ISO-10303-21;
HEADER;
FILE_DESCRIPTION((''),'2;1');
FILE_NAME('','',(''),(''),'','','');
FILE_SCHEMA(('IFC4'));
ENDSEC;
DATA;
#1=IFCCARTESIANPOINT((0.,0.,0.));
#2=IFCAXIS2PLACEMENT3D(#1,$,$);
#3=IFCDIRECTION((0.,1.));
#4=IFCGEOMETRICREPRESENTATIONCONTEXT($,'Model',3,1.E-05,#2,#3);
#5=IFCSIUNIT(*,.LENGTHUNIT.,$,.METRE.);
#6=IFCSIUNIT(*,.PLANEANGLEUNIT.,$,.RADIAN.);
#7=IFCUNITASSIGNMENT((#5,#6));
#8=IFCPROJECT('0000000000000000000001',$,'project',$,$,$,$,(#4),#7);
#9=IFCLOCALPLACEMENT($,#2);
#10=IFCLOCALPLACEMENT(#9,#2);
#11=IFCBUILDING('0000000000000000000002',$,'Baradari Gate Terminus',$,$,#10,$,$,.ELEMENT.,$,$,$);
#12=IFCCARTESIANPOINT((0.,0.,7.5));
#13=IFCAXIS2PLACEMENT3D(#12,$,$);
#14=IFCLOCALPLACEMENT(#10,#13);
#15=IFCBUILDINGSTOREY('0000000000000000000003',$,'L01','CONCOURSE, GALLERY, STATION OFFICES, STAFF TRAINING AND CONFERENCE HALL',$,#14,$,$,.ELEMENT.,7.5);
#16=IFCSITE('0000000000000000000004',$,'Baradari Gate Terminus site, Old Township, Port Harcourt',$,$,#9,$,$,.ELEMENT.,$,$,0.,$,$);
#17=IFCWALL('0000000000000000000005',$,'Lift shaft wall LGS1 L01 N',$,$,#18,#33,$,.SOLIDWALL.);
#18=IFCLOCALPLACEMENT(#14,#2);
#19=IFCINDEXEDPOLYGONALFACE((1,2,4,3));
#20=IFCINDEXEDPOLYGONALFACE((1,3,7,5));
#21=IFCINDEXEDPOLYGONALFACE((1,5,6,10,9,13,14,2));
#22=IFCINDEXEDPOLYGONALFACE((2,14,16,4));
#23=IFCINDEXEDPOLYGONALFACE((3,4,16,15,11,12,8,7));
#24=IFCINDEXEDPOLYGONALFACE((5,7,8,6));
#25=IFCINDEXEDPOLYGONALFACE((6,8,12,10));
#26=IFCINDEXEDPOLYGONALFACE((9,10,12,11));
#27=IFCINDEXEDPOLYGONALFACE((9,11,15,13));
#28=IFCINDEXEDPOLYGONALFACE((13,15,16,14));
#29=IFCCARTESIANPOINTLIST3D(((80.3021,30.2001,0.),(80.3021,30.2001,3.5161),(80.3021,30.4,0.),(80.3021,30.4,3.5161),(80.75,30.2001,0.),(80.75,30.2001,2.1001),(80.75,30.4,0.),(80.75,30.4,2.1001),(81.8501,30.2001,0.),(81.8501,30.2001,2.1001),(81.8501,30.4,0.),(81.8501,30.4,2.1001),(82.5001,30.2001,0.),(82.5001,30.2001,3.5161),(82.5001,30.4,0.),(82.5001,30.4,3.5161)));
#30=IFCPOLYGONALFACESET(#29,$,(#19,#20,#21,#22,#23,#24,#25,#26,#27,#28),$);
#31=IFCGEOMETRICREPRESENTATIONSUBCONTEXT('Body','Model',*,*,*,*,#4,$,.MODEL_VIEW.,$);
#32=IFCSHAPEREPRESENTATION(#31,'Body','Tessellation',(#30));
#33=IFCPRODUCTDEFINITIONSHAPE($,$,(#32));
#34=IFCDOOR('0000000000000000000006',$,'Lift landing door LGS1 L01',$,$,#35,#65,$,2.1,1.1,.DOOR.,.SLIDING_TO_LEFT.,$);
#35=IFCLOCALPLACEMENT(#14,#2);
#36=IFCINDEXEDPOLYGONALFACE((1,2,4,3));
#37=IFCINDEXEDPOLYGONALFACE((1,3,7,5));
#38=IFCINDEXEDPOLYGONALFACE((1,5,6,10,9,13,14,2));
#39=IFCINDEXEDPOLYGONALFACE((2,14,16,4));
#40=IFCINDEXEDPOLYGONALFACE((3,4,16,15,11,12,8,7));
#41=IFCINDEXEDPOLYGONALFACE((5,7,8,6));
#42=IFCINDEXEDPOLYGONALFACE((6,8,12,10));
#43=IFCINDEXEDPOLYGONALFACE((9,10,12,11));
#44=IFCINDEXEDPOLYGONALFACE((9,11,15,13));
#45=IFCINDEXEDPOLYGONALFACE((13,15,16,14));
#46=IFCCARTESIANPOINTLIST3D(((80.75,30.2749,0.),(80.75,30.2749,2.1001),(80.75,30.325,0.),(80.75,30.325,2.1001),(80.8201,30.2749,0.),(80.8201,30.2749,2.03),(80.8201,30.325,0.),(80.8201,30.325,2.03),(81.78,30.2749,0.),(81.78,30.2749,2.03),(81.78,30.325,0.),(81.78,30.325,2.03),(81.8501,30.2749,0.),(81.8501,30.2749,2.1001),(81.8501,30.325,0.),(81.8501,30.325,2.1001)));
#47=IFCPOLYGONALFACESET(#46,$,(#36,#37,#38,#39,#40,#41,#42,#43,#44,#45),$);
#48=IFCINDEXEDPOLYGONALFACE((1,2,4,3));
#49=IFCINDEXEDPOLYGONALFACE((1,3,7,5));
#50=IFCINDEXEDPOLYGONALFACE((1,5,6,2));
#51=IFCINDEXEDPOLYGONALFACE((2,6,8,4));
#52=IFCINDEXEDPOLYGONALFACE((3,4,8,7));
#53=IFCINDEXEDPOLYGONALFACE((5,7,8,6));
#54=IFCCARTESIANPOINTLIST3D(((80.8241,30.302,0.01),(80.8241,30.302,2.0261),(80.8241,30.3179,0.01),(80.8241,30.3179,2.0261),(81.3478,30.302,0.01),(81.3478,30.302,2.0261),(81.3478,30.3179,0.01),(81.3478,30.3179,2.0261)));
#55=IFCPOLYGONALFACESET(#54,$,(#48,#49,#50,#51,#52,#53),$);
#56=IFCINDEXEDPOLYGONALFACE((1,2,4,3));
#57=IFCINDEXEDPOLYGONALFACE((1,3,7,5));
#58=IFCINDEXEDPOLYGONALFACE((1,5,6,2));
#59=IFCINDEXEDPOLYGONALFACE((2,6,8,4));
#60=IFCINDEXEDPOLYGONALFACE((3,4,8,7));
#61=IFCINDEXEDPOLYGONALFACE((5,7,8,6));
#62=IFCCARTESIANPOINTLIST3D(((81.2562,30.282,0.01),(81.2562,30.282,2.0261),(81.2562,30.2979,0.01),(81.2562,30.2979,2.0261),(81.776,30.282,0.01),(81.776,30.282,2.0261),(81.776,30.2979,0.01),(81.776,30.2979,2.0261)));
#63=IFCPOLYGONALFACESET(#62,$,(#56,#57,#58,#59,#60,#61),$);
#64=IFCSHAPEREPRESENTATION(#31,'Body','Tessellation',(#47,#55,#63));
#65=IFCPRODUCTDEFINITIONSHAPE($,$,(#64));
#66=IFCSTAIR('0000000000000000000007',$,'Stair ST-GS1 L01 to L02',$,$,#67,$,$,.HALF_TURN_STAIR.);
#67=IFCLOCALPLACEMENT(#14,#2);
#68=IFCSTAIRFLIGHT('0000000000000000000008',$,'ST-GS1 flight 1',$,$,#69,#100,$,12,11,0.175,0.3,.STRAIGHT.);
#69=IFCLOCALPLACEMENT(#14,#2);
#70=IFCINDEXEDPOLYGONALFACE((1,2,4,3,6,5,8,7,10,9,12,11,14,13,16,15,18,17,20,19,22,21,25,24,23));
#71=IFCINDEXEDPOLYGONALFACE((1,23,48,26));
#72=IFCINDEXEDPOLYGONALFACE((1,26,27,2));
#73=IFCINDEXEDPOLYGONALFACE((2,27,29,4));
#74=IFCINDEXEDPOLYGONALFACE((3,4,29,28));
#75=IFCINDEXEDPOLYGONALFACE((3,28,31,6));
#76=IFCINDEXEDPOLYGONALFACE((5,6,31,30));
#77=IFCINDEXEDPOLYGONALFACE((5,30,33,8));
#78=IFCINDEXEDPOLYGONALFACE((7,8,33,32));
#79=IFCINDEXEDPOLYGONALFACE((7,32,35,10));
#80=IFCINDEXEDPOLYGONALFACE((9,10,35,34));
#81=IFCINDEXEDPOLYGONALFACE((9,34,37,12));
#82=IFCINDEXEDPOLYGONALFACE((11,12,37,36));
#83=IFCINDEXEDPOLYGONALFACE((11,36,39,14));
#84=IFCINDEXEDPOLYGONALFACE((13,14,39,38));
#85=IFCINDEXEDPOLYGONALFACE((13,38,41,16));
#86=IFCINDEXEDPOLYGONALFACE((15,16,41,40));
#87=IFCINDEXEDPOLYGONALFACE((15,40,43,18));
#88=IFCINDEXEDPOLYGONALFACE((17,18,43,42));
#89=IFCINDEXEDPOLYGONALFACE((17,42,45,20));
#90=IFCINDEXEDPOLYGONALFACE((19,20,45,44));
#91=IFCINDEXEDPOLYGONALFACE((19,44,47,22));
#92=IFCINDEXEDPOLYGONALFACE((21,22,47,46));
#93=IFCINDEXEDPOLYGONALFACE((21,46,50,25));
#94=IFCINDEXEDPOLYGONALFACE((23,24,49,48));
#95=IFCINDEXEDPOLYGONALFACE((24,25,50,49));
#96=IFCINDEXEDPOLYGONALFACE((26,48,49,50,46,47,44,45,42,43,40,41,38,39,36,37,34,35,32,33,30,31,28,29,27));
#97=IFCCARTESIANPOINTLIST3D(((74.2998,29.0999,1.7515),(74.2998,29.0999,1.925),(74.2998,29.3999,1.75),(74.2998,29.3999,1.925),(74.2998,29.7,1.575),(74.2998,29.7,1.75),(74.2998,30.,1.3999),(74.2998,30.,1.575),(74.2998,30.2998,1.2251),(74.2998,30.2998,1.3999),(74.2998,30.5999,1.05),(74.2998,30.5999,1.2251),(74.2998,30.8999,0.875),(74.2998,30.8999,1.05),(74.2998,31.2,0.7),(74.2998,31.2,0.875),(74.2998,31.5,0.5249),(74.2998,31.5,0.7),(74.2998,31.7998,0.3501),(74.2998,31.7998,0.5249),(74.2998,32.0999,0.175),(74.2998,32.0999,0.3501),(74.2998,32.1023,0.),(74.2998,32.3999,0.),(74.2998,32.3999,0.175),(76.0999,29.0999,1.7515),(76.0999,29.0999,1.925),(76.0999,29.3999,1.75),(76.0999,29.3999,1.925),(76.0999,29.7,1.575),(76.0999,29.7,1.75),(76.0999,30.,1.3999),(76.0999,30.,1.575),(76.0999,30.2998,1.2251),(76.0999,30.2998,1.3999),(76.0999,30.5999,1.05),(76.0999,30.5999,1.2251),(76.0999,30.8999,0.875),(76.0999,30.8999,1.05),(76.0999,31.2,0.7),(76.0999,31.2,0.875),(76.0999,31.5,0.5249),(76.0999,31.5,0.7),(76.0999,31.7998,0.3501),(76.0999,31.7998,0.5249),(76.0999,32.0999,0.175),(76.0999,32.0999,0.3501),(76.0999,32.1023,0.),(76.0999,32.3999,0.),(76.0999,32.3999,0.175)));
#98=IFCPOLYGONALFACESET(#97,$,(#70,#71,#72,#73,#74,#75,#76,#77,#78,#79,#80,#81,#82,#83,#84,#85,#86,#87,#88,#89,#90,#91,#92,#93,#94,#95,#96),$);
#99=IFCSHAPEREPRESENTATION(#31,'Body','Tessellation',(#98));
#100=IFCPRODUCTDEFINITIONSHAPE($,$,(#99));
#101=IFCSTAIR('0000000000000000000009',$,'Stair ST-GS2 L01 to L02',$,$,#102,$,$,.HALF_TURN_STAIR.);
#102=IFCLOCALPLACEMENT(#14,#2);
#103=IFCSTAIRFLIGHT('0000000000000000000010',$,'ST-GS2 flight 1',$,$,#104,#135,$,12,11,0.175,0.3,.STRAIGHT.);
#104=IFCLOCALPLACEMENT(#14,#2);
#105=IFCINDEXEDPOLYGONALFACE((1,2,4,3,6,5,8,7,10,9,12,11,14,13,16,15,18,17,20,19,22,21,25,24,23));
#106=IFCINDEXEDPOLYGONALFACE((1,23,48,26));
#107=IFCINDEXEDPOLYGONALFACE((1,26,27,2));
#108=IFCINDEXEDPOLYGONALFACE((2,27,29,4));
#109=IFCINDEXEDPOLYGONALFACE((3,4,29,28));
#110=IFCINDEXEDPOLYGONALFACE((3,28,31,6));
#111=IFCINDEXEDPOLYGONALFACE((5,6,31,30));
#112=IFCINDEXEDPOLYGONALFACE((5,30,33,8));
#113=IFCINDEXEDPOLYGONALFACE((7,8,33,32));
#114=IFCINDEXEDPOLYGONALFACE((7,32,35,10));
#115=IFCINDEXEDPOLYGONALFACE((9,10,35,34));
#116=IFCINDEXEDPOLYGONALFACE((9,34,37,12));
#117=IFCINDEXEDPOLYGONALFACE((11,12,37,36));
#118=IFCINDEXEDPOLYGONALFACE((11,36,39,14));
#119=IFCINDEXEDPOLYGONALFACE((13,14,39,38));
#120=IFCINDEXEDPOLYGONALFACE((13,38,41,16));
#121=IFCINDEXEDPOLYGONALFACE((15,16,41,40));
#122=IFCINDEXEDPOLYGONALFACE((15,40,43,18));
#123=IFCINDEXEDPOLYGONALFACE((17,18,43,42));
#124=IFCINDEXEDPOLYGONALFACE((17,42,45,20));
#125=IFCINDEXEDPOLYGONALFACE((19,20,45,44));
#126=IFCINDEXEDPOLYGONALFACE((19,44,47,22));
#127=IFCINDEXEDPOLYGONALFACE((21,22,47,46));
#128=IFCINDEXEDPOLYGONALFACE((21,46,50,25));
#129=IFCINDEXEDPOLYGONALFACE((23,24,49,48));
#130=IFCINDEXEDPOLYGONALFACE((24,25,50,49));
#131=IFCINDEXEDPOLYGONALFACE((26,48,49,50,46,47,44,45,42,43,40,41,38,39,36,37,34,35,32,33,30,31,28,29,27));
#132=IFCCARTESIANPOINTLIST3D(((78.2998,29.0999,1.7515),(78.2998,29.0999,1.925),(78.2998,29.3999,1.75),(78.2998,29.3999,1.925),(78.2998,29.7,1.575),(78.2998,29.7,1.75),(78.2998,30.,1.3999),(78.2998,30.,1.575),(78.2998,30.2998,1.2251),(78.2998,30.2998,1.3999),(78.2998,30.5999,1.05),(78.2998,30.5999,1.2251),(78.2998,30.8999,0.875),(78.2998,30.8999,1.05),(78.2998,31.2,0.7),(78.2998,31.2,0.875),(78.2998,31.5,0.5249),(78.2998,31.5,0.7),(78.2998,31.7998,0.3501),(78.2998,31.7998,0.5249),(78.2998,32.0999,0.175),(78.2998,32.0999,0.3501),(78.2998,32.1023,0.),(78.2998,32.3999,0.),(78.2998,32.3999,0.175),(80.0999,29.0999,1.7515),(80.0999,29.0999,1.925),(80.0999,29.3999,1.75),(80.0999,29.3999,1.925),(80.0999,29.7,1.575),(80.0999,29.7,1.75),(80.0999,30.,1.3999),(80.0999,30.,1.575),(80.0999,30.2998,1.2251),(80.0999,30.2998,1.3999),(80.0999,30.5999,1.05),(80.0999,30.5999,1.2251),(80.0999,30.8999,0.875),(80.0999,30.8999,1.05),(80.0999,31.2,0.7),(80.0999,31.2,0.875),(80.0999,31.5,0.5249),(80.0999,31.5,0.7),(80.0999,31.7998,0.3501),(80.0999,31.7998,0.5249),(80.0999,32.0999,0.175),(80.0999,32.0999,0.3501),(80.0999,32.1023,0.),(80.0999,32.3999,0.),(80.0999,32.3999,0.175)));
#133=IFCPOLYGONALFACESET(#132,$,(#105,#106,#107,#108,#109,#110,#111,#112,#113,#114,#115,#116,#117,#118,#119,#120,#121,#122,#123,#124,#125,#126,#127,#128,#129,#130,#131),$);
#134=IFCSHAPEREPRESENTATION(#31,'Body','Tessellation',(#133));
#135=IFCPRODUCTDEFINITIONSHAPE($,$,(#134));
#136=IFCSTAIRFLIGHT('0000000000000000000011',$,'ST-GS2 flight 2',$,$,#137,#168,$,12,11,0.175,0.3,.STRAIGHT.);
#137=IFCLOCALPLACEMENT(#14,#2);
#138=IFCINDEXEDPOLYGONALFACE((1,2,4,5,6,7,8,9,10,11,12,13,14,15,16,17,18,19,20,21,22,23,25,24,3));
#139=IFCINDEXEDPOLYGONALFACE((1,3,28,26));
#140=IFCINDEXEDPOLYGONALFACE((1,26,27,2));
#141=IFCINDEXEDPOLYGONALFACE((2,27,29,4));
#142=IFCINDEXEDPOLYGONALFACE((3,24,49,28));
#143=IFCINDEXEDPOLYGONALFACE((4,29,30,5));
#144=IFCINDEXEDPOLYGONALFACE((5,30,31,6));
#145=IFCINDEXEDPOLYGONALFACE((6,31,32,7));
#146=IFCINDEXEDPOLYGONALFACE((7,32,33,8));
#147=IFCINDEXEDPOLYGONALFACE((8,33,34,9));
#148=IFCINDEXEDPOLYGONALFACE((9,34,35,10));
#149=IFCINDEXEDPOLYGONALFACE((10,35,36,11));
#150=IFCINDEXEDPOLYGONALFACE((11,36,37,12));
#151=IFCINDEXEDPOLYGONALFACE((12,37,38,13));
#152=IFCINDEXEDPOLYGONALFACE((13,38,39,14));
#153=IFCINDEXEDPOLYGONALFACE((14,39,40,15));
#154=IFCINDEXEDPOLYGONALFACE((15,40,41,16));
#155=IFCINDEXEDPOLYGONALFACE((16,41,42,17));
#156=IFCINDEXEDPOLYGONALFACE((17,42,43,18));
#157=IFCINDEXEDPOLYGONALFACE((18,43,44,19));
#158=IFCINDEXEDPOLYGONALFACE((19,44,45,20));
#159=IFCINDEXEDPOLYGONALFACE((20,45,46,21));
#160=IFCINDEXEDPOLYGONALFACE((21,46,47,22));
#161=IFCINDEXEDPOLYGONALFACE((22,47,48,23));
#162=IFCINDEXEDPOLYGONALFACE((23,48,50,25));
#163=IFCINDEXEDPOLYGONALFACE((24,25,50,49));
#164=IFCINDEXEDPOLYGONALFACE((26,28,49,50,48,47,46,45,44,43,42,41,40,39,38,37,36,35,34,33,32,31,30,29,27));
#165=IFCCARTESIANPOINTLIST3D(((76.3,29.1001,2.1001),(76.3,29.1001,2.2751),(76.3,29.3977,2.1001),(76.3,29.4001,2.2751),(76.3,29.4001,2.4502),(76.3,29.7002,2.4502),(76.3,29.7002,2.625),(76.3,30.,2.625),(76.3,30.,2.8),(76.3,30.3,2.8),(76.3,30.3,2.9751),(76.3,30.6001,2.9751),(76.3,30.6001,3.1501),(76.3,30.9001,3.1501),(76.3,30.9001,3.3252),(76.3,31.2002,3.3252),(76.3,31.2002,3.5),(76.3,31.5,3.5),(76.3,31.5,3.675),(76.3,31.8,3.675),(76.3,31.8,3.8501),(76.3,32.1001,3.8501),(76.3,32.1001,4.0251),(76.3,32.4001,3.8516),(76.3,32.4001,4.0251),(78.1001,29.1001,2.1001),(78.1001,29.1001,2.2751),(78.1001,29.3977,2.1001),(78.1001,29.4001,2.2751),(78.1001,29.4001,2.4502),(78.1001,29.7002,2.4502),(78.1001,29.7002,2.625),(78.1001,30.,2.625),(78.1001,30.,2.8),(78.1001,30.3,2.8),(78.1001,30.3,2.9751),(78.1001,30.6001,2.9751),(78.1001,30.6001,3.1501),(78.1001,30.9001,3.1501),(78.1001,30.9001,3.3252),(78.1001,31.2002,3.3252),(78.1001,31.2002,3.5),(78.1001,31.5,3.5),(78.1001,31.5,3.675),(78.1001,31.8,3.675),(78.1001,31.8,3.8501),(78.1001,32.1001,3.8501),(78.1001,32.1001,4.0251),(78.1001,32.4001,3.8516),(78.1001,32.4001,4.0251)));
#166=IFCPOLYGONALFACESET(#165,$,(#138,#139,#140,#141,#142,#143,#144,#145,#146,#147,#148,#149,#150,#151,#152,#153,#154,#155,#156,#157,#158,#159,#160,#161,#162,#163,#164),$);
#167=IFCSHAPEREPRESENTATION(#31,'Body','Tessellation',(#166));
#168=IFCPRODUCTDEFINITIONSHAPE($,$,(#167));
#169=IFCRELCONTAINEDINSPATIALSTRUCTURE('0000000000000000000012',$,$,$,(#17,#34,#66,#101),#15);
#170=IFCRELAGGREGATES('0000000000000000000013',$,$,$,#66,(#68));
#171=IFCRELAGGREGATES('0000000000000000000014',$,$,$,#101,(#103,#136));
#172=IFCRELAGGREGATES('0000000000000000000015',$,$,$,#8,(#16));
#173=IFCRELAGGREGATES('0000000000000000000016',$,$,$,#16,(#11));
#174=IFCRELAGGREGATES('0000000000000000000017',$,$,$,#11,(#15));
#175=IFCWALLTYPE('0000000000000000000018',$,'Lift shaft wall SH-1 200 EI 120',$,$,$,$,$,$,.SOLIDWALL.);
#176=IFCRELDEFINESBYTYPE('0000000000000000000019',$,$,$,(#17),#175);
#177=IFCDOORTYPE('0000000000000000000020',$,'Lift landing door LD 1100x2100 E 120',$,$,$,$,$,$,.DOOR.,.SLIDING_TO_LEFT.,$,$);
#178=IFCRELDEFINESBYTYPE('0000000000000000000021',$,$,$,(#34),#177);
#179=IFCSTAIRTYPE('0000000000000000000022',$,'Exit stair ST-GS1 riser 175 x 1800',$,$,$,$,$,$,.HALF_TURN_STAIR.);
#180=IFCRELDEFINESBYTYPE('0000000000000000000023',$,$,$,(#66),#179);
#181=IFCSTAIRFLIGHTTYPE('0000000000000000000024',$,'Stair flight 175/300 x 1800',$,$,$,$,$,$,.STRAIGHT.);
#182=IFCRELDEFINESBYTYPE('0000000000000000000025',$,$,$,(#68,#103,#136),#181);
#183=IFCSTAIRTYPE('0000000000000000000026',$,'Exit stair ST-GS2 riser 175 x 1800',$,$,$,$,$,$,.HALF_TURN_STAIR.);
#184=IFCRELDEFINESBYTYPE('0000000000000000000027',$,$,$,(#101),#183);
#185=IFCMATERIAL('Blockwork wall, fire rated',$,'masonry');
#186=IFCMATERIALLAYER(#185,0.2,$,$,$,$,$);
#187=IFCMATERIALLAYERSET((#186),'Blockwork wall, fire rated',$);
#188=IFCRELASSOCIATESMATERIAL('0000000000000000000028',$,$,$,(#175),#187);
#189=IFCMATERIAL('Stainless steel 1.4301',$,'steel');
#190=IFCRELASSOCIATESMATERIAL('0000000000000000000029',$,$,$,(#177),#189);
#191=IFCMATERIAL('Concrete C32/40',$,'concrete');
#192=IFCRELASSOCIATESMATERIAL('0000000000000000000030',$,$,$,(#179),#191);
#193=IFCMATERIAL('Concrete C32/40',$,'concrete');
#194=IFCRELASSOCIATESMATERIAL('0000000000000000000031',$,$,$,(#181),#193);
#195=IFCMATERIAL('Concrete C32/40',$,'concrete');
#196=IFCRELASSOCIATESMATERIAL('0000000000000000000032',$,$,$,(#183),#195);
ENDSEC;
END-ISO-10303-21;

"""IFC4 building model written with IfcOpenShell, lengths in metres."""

from ifc_helpers import new_model, si_unit, direction, frame, frame_2d, origin, place, context, subcontext, project, spatial, polyline, rectangle, outline, extrude, material, layer, layer_set, type_object, element, fill, aggregate, save


model = new_model("IFC4")

# Units and contexts
model_context = context("Model", 3, precision=1e-05, world=origin(), true_north=direction((0.0, 1.0)))
body_context = subcontext(model_context, "Body", "Model", "MODEL_VIEW")
ifc_project = project(units=[si_unit("LENGTHUNIT", "METRE"), si_unit("PLANEANGLEUNIT", "RADIAN")], contexts=[model_context])

# Site, building, storey
site_placement = place(None, origin())
site = spatial("IfcSite", under=ifc_project, at=site_placement, Name="Baradari Gate Terminus site, Old Township, Port Harcourt", CompositionType="ELEMENT", RefElevation=0.0)
building_placement = place(site_placement, origin())
building = spatial("IfcBuilding", under=site, at=building_placement, Name="Baradari Gate Terminus", CompositionType="ELEMENT")
storey_placement = place(building_placement, frame((0.0, 0.0, 7.5)))
storey = spatial("IfcBuildingStorey", under=building, at=storey_placement, Name="L01", Description="CONCOURSE, GALLERY, STATION OFFICES, STAFF TRAINING AND CONFERENCE HALL", CompositionType="ELEMENT", Elevation=7.5)

# Wall, opening, door
ifc_material_1 = material(Name="Blockwork wall, fire rated", Category="masonry")
ifc_layer = layer(ifc_material_1, 0.2)
ifc_layer_set = layer_set([ifc_layer], Name="Blockwork wall, fire rated")
wall_type = type_object("IfcWallType", Name="Lift shaft wall SH-1 200 EI 120", PredefinedType="SOLIDWALL", material=ifc_layer_set)
wall_placement = place(storey_placement, frame((80.302, 30.3, 0.0), z_axis=(0.0, 0.0, 1.0), x_axis=(1.0, 0.0, 0.0)))
wall = element("IfcWall", 1, at=wall_placement, inside=storey, type_object=wall_type, Name="Lift shaft wall LGS1 L01 N", PredefinedType="SOLIDWALL", context=body_context, shape_type="SweptSolid", body=[
    extrude(rectangle(XDim=2.198, YDim=0.2, at=frame_2d((1.0991, 0.0))), origin(), (0.0, 0.0, 1.0), 3.5161),
])
opening_placement = place(wall_placement, frame((0.448, 0.0, 0.0)))
opening = element("IfcOpeningElement", 2, at=opening_placement, cuts=wall, PredefinedType="OPENING", context=body_context, shape_type="SweptSolid", body=[
    extrude(rectangle(XDim=1.1001, YDim=2.1001, at=frame_2d((0.55, 1.05))), frame((0.0, 0.1099, 0.0), z_axis=(0.0, -1.0, 0.0), x_axis=(1.0, 0.0, 0.0)), (0.0, 0.0, 1.0), 0.22),
])
ifc_material_2 = material(Name="Stainless steel 1.4301", Category="steel")
door_type = type_object("IfcDoorType", Name="Lift landing door LD 1100x2100 E 120", OperationType="SLIDING_TO_LEFT", PredefinedType="DOOR", material=ifc_material_2)
door_placement = place(opening_placement, origin())
door = element("IfcDoor", 3, at=door_placement, inside=storey, type_object=door_type, Name="Lift landing door LGS1 L01", OperationType="SLIDING_TO_LEFT", OverallHeight=2.1, OverallWidth=1.1, PredefinedType="DOOR", context=body_context, shape_type="SweptSolid", body=[
    extrude(outline(polyline([(0.0, 0.0), (0.0701, 0.0), (0.0701, 2.03), (1.03, 2.03), (1.03, 0.0), (1.1001, 0.0), (1.1001, 2.1001), (0.0, 2.1001), (0.0, 0.0)])), frame((0.0, 0.0249, 0.0), z_axis=(0.0, -1.0, 0.0), x_axis=(1.0, 0.0, 0.0)), (0.0, 0.0, 1.0), 0.05),
    extrude(rectangle(XDim=0.5237, YDim=2.0161, at=frame_2d((0.3359, 1.0181))), frame((0.0, 0.0178, 0.0), z_axis=(0.0, -1.0, 0.0), x_axis=(1.0, 0.0, 0.0)), (0.0, 0.0, 1.0), 0.0159),
    extrude(rectangle(XDim=0.5198, YDim=2.0161, at=frame_2d((0.7661, 1.0181))), frame((0.0, -0.0022, 0.0), z_axis=(0.0, -1.0, 0.0), x_axis=(1.0, 0.0, 0.0)), (0.0, 0.0, 1.0), 0.0159),
])
fill(opening, door)

# Stair, stair flight
ifc_material_3 = material(Name="Concrete C32/40", Category="concrete")
stair_type_1 = type_object("IfcStairType", Name="Exit stair ST-GS1 riser 175 x 1800", PredefinedType="HALF_TURN_STAIR", material=ifc_material_3)
stair_1_placement = place(storey_placement, origin())
stair_1 = element("IfcStair", 4, at=stair_1_placement, inside=storey, type_object=stair_type_1, Name="Stair ST-GS1 L01 to L02", PredefinedType="HALF_TURN_STAIR")
ifc_material_4 = material(Name="Concrete C32/40", Category="concrete")
stair_flight_type = type_object("IfcStairFlightType", Name="Stair flight 175/300 x 1800", PredefinedType="STRAIGHT", material=ifc_material_4)
stair_flight_1_placement = place(storey_placement, frame((75.2, 32.3999, 0.0), z_axis=(0.0, 0.0, 1.0), x_axis=(0.0, -1.0, 0.0)))
stair_flight_1 = element("IfcStairFlight", 5, at=stair_flight_1_placement, type_object=stair_flight_type, Name="ST-GS1 flight 1", NumberOfRisers=12, NumberOfTreads=11, PredefinedType="STRAIGHT", RiserHeight=0.175, TreadLength=0.3, context=body_context, shape_type="SweptSolid", body=[
    extrude(outline(polyline([(0.0, 0.0), (0.0, 0.175), (0.3, 0.175), (0.3, 0.3501), (0.6001, 0.3501), (0.6001, 0.5249), (0.8999, 0.5249), (0.8999, 0.7), (1.2, 0.7), (1.2, 0.875), (1.5, 0.875), (1.5, 1.05), (1.8, 1.05), (1.8, 1.2251), (2.1001, 1.2251), (2.1001, 1.3999), (2.3999, 1.3999), (2.3999, 1.575), (2.7, 1.575), (2.7, 1.75), (3.0, 1.75), (3.0, 1.925), (3.3, 1.925), (3.3, 2.1001), (3.3, 1.7515), (0.2976, 0.0), (0.0, 0.0)])), frame((0.0, 0.8999, 0.0), z_axis=(0.0, -1.0, 0.0), x_axis=(1.0, 0.0, 0.0)), (0.0, 0.0, 1.0), 1.8),
])
aggregate(stair_1, [stair_flight_1])

# Stair, stair flights
ifc_material_5 = material(Name="Concrete C32/40", Category="concrete")
stair_type_2 = type_object("IfcStairType", Name="Exit stair ST-GS2 riser 175 x 1800", PredefinedType="HALF_TURN_STAIR", material=ifc_material_5)
stair_2_placement = place(storey_placement, origin())
stair_2 = element("IfcStair", 6, at=stair_2_placement, inside=storey, type_object=stair_type_2, Name="Stair ST-GS2 L01 to L02", PredefinedType="HALF_TURN_STAIR")
stair_flight_2_placement = place(storey_placement, frame((79.2, 32.3999, 0.0), z_axis=(0.0, 0.0, 1.0), x_axis=(0.0, -1.0, 0.0)))
stair_flight_2 = element("IfcStairFlight", 7, at=stair_flight_2_placement, type_object=stair_flight_type, Name="ST-GS2 flight 1", NumberOfRisers=12, NumberOfTreads=11, PredefinedType="STRAIGHT", RiserHeight=0.175, TreadLength=0.3, context=body_context, shape_type="SweptSolid", body=[
    extrude(outline(polyline([(0.0, 0.0), (0.0, 0.175), (0.3, 0.175), (0.3, 0.3501), (0.6001, 0.3501), (0.6001, 0.5249), (0.8999, 0.5249), (0.8999, 0.7), (1.2, 0.7), (1.2, 0.875), (1.5, 0.875), (1.5, 1.05), (1.8, 1.05), (1.8, 1.2251), (2.1001, 1.2251), (2.1001, 1.3999), (2.3999, 1.3999), (2.3999, 1.575), (2.7, 1.575), (2.7, 1.75), (3.0, 1.75), (3.0, 1.925), (3.3, 1.925), (3.3, 2.1001), (3.3, 1.7515), (0.2976, 0.0), (0.0, 0.0)])), frame((0.0, 0.8999, 0.0), z_axis=(0.0, -1.0, 0.0), x_axis=(1.0, 0.0, 0.0)), (0.0, 0.0, 1.0), 1.8),
])
stair_flight_3_placement = place(storey_placement, frame((77.2, 29.1001, 2.1001), z_axis=(0.0, 0.0, 1.0), x_axis=(0.0, 1.0, 0.0)))
stair_flight_3 = element("IfcStairFlight", 8, at=stair_flight_3_placement, type_object=stair_flight_type, Name="ST-GS2 flight 2", NumberOfRisers=12, NumberOfTreads=11, PredefinedType="STRAIGHT", RiserHeight=0.175, TreadLength=0.3, context=body_context, shape_type="SweptSolid", body=[
    extrude(outline(polyline([(0.0, 0.0), (0.0, 0.175), (0.3, 0.175), (0.3, 0.3501), (0.6001, 0.3501), (0.6001, 0.5249), (0.8999, 0.5249), (0.8999, 0.7), (1.2, 0.7), (1.2, 0.875), (1.5, 0.875), (1.5, 1.05), (1.8, 1.05), (1.8, 1.2251), (2.1001, 1.2251), (2.1001, 1.3999), (2.3999, 1.3999), (2.3999, 1.575), (2.7, 1.575), (2.7, 1.75), (3.0, 1.75), (3.0, 1.925), (3.3, 1.925), (3.3, 2.1001), (3.3, 1.7515), (0.2976, 0.0), (0.0, 0.0)])), frame((0.0, 0.8999, 0.0), z_axis=(0.0, -1.0, 0.0), x_axis=(1.0, 0.0, 0.0)), (0.0, 0.0, 1.0), 1.8),
])
aggregate(stair_2, [stair_flight_2, stair_flight_3])

save(model, "model.ifc")
